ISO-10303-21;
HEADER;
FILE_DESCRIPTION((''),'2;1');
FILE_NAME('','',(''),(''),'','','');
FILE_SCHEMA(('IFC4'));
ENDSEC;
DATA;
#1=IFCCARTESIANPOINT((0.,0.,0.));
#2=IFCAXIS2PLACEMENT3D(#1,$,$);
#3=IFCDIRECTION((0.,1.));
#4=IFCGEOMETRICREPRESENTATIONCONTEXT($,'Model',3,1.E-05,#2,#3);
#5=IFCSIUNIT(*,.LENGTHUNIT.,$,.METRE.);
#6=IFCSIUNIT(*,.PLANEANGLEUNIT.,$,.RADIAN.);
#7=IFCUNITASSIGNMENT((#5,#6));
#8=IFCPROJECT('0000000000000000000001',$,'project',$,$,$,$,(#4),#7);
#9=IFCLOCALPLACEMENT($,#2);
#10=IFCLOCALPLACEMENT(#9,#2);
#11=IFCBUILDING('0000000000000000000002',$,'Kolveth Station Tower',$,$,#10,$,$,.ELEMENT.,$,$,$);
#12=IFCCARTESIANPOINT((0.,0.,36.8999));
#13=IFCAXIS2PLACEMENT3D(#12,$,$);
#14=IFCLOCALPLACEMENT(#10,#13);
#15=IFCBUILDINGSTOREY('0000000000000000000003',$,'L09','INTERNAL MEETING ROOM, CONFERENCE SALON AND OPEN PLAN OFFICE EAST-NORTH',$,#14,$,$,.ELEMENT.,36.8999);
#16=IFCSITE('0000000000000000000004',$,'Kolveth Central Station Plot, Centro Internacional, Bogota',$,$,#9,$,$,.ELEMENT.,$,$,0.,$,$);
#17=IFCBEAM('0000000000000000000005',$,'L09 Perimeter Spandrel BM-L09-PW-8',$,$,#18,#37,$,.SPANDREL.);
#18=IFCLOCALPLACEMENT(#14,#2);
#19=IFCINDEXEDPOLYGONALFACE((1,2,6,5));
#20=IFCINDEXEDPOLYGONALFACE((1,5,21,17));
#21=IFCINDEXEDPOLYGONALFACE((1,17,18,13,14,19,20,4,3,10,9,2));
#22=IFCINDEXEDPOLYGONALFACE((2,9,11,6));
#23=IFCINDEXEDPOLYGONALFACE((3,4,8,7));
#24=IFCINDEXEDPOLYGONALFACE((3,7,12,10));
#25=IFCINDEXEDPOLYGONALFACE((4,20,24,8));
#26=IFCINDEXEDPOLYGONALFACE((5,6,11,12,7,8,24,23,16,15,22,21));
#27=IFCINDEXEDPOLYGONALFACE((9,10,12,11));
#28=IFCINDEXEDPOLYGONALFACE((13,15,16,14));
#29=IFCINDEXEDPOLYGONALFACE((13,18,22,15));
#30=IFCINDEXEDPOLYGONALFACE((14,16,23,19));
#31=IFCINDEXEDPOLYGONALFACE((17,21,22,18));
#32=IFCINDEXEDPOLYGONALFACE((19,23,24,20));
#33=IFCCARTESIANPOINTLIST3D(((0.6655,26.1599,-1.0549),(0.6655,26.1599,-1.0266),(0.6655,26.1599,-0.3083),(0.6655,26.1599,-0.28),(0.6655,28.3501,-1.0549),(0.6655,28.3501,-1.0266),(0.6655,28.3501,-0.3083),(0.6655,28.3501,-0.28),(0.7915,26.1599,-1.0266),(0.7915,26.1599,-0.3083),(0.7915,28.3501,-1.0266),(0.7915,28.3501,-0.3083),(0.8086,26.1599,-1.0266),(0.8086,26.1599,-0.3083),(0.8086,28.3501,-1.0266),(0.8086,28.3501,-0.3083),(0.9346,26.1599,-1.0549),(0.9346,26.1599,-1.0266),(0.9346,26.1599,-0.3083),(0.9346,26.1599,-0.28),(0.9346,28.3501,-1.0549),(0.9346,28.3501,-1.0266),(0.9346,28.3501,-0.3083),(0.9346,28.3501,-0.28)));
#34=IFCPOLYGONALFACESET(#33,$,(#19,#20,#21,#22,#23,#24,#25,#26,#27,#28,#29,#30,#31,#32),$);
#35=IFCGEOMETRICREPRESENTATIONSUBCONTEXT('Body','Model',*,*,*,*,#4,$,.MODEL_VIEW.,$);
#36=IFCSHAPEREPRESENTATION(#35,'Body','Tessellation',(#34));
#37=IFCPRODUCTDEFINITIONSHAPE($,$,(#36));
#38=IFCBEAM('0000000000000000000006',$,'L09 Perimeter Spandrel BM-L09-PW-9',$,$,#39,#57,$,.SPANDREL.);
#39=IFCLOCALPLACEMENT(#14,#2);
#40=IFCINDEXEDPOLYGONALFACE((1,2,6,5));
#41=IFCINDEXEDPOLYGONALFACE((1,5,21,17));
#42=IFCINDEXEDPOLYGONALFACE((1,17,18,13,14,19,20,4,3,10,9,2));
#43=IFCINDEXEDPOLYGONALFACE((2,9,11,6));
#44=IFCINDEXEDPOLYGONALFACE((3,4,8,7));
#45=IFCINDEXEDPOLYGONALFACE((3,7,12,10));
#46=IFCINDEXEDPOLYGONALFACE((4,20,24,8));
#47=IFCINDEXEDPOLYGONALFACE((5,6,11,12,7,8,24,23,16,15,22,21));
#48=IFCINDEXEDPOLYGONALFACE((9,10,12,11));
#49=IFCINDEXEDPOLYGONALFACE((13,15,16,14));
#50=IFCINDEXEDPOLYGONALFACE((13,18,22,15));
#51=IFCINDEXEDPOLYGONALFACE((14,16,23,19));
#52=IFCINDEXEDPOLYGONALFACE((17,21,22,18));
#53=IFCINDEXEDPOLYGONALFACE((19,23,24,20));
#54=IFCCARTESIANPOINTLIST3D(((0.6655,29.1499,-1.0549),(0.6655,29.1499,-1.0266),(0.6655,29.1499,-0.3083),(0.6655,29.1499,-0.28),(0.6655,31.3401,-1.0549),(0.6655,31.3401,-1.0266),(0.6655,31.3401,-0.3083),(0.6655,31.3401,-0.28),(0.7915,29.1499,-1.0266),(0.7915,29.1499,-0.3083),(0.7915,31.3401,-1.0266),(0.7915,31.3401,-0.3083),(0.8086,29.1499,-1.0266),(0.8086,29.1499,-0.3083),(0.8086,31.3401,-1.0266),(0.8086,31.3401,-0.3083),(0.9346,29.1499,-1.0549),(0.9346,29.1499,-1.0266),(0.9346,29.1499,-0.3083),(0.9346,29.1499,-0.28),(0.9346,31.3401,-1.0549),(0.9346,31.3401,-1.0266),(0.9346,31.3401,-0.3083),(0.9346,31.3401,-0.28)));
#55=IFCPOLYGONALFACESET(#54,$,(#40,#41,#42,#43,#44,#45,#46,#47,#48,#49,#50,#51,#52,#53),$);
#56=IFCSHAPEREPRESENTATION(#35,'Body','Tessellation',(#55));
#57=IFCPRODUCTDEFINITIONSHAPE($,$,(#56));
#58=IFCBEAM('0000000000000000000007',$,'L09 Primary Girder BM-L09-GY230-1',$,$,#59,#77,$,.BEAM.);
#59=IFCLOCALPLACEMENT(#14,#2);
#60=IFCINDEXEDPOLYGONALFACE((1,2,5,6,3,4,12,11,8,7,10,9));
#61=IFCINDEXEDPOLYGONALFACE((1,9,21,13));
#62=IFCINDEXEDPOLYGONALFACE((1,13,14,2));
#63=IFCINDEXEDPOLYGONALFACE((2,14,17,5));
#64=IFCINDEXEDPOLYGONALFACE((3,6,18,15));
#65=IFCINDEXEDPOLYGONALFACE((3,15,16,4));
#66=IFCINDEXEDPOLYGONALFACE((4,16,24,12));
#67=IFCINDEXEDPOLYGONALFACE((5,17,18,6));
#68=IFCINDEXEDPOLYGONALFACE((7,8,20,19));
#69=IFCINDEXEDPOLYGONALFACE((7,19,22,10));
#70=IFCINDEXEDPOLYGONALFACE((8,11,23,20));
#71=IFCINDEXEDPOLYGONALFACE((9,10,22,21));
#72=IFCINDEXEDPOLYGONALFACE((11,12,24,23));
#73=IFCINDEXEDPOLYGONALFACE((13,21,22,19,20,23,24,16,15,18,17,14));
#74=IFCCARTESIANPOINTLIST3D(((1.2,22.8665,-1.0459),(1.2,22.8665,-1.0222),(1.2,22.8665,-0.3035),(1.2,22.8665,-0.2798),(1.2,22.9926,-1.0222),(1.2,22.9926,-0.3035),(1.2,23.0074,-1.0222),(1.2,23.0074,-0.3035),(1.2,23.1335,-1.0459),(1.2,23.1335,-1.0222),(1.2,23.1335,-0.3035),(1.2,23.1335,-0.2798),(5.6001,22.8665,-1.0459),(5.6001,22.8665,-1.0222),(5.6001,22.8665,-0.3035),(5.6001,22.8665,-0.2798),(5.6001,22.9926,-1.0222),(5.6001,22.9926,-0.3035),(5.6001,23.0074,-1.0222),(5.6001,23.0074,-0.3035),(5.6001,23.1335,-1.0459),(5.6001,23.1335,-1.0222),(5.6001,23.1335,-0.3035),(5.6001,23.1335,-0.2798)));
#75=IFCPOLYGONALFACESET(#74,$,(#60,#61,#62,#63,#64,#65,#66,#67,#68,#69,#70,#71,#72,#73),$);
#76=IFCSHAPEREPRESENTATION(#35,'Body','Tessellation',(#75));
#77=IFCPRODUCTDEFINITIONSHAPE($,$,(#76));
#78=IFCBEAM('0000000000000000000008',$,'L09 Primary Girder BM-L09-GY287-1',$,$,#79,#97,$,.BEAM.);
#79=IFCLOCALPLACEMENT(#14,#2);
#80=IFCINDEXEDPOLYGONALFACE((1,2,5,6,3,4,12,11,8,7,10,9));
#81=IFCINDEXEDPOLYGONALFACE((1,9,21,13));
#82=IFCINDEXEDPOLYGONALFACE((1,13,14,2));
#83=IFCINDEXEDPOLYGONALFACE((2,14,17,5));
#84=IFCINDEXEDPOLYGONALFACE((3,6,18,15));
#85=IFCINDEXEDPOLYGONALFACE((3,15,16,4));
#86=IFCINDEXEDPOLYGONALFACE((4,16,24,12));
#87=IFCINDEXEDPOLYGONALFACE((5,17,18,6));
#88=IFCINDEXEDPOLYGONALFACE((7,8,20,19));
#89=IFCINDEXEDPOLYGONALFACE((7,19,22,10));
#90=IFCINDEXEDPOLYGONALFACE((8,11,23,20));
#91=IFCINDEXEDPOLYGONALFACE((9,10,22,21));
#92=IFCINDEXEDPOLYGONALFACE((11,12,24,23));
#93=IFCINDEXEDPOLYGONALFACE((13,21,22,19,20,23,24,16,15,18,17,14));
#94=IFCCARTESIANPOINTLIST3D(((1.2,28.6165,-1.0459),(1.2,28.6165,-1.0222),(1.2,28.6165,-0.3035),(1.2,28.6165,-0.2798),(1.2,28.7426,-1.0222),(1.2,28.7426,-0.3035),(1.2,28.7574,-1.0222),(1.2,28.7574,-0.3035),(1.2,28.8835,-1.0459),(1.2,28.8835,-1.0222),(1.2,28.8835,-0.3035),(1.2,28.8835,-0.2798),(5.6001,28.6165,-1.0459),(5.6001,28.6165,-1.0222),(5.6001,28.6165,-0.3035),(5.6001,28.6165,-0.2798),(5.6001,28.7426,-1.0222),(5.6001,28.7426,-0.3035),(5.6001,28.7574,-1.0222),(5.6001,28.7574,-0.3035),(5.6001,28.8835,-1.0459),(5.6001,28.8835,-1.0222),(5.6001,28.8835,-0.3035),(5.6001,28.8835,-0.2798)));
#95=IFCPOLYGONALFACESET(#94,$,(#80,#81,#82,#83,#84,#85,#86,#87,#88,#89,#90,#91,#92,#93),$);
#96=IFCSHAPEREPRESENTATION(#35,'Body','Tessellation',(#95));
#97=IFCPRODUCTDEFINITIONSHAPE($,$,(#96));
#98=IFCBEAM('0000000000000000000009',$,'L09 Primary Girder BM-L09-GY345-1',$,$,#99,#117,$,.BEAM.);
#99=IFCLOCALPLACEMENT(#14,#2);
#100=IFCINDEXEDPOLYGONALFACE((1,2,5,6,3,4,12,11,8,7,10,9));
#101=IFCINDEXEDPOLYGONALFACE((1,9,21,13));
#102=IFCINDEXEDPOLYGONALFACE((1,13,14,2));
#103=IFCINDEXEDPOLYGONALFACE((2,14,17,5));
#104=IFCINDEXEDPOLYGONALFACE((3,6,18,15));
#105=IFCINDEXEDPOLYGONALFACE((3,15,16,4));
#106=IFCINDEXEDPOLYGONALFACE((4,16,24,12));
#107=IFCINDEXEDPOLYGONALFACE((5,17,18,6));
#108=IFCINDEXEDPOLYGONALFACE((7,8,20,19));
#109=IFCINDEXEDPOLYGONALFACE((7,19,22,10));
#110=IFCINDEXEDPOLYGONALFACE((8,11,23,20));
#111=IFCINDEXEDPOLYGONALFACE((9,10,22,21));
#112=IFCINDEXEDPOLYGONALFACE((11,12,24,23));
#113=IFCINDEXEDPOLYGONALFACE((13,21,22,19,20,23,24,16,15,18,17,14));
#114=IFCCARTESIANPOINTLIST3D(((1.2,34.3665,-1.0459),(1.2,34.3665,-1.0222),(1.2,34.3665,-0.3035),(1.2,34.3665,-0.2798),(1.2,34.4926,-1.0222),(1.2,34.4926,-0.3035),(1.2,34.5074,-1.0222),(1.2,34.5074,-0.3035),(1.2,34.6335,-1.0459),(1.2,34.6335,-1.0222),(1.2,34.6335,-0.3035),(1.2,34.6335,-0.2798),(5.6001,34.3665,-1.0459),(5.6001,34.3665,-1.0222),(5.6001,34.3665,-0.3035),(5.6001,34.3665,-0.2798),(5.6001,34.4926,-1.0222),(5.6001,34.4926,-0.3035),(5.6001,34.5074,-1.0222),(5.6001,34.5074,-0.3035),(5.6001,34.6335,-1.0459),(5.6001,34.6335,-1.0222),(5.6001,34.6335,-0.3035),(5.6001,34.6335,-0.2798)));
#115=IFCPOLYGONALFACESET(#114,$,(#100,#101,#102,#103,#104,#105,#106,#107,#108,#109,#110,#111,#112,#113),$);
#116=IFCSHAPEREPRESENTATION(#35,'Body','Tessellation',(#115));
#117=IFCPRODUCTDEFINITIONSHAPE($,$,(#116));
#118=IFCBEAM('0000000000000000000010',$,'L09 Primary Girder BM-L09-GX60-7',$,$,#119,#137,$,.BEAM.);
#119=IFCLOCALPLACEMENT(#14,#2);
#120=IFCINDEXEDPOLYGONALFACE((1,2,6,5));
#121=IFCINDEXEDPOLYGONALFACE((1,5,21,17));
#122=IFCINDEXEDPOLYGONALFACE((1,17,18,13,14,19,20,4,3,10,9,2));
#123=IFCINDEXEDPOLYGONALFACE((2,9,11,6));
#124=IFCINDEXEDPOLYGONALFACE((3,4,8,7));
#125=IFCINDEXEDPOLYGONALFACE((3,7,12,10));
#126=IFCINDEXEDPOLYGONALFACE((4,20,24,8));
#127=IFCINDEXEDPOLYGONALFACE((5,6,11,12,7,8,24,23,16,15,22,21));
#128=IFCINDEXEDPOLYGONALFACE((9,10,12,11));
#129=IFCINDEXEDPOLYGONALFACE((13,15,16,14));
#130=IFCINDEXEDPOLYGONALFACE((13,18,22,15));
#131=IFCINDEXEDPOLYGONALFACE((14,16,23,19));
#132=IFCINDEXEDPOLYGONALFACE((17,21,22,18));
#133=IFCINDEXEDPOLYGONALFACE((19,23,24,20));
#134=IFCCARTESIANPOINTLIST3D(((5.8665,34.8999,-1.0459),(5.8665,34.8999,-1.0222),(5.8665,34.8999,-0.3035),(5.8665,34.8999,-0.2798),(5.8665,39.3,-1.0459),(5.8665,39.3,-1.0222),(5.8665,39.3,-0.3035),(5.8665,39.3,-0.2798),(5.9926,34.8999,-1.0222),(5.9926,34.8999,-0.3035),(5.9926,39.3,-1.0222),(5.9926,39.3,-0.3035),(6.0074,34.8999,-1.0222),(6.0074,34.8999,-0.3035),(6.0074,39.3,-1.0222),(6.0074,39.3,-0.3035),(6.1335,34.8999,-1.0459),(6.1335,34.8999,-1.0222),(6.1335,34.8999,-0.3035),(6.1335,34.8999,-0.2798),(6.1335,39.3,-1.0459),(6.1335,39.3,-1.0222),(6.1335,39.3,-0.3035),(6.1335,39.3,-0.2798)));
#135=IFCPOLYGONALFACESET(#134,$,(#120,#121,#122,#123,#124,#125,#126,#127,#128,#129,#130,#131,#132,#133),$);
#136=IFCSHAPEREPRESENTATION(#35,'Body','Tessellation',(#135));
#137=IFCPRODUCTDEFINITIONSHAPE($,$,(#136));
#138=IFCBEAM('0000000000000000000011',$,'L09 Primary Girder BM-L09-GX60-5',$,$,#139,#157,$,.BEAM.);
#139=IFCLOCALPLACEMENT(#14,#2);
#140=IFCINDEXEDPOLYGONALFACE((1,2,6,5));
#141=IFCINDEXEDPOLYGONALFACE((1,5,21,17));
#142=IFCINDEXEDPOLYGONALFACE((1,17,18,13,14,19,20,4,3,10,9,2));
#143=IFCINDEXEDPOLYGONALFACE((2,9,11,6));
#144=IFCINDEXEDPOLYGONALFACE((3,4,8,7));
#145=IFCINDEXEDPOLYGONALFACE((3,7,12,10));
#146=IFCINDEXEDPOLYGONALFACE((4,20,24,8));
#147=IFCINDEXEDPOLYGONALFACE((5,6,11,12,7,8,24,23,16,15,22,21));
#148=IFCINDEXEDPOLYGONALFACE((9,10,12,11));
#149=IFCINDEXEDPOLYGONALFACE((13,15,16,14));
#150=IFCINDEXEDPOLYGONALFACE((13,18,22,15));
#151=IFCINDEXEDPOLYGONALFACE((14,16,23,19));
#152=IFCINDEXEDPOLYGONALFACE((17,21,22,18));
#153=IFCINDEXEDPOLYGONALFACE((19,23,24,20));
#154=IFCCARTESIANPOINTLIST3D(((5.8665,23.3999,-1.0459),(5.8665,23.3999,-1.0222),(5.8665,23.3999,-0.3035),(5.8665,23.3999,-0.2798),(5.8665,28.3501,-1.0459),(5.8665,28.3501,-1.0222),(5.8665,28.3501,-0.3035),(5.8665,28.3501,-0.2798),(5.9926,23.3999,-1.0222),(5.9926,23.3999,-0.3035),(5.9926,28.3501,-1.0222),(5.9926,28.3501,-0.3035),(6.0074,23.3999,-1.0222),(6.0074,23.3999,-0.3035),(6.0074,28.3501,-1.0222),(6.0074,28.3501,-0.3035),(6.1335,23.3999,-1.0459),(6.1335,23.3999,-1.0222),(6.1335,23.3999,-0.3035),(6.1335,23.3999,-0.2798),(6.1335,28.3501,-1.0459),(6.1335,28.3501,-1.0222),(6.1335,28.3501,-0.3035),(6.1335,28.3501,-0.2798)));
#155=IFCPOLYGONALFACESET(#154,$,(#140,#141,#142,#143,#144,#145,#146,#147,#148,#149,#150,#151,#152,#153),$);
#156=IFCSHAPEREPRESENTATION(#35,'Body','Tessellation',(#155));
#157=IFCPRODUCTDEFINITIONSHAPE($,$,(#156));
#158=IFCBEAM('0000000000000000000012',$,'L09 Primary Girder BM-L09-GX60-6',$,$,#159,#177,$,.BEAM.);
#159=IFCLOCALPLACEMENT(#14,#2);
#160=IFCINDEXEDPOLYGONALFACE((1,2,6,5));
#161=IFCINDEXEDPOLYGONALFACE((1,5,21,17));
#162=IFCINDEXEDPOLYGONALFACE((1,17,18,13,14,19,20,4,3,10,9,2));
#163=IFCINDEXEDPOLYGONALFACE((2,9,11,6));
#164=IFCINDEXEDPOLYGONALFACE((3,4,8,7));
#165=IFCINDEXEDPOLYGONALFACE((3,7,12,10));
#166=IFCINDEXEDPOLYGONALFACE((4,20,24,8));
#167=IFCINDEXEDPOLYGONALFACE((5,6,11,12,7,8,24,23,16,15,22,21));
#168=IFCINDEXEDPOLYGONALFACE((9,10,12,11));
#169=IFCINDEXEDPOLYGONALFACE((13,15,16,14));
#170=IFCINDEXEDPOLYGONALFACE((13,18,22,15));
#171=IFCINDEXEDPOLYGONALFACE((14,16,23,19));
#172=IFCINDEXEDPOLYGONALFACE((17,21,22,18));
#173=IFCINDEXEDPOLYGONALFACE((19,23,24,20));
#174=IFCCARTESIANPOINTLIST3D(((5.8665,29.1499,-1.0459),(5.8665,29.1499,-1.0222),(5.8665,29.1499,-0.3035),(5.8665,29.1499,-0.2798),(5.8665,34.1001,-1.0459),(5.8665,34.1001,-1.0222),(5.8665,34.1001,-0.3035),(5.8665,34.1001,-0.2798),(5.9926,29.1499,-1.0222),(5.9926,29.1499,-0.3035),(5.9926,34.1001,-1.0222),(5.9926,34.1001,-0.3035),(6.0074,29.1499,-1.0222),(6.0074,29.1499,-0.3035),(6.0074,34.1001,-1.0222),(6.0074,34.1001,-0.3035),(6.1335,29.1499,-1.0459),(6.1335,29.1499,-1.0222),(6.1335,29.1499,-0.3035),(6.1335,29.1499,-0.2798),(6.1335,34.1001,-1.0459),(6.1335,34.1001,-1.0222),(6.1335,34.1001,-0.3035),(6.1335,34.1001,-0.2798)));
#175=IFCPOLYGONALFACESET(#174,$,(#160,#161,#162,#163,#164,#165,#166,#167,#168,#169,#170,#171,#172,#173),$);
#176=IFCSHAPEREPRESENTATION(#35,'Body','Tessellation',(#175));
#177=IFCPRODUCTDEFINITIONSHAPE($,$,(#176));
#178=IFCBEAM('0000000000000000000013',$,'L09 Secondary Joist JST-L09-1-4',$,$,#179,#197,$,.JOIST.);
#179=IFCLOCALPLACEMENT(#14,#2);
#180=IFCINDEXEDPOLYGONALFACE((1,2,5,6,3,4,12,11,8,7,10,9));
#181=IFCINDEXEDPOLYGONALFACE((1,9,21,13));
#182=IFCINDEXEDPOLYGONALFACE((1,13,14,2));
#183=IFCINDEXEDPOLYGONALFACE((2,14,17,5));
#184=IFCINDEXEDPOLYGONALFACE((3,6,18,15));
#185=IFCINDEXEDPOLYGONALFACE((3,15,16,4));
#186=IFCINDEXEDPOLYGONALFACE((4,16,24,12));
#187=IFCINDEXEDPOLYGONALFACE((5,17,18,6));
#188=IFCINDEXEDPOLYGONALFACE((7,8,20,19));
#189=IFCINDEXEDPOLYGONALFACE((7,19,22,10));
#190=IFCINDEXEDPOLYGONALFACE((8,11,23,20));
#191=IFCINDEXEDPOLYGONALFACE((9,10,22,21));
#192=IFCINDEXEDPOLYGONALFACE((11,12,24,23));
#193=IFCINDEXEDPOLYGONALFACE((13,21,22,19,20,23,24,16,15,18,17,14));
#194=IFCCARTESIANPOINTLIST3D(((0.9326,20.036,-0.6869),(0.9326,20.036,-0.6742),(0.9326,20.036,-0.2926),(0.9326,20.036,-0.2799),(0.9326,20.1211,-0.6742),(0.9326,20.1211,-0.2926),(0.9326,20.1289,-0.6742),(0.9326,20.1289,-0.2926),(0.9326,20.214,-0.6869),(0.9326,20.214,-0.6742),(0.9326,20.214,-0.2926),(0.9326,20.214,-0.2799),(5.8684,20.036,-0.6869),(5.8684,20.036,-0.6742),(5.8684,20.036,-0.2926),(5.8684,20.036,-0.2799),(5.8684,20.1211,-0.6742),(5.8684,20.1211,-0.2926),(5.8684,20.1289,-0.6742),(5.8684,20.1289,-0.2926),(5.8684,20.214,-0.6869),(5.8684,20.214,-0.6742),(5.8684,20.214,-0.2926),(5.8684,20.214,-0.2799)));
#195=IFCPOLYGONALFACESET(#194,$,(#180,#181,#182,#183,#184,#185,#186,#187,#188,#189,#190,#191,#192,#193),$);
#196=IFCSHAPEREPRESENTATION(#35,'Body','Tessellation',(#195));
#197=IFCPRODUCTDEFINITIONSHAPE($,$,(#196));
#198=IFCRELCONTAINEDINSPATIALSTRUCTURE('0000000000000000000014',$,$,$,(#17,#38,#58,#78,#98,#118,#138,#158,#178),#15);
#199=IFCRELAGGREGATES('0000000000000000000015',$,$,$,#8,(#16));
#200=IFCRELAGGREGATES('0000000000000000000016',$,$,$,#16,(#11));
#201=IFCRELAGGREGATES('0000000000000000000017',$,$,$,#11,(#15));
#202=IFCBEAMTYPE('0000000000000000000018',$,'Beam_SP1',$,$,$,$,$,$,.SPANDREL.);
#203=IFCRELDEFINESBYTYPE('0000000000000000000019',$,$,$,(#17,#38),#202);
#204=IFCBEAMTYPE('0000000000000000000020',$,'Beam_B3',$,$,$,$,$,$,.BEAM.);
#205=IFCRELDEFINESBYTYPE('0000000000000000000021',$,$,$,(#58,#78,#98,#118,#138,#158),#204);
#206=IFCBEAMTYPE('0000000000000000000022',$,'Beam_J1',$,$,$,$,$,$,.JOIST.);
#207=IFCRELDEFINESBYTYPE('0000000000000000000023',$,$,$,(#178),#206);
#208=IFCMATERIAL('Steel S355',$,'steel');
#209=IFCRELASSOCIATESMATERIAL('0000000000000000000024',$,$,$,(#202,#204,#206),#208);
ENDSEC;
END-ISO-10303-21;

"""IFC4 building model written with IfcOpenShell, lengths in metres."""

from ifc_helpers import new_model, si_unit, direction, frame, origin, origin_2d, place, context, subcontext, project, spatial, i_section, extrude, source, transform, mapped, material, material_profile, profile_set, type_object, element, save


model = new_model("IFC4")

# Units and contexts
model_context = context("Model", 3, precision=1e-05, world=origin(), true_north=direction((0.0, 1.0)))
body_context = subcontext(model_context, "Body", "Model", "MODEL_VIEW")
ifc_project = project(units=[si_unit("LENGTHUNIT", "METRE"), si_unit("PLANEANGLEUNIT", "RADIAN")], contexts=[model_context])

# Site, building, storey
site_placement = place(None, origin())
site = spatial("IfcSite", under=ifc_project, at=site_placement, Name="Kolveth Central Station Plot, Centro Internacional, Bogota", CompositionType="ELEMENT", RefElevation=0.0)
building_placement = place(site_placement, origin())
building = spatial("IfcBuilding", under=site, at=building_placement, Name="Kolveth Station Tower", CompositionType="ELEMENT")
storey_placement = place(building_placement, frame((0.0, 0.0, 36.8999)))
storey = spatial("IfcBuildingStorey", under=building, at=storey_placement, Name="L09", Description="INTERNAL MEETING ROOM, CONFERENCE SALON AND OPEN PLAN OFFICE EAST-NORTH", CompositionType="ELEMENT", Elevation=36.8999)

# Shared definitions
ifc_material_1 = material(Name="Steel S355", Category="steel")

# Beams
ifc_material_profile_1 = material_profile(ifc_material_1, i_section(OverallWidth=0.269, OverallDepth=0.7749, WebThickness=0.0171, FlangeThickness=0.0283, at=origin_2d()), Name="W760x220")
ifc_profile_set_1 = profile_set([ifc_material_profile_1], Name="Steel S355")
beam_type_1 = type_object("IfcBeamType", Name="Beam_SP1", PredefinedType="SPANDREL", material=ifc_profile_set_1)
shared_shape_1 = source(origin(), body_context, "Body", "SweptSolid", [
    extrude(i_section(OverallWidth=0.269, OverallDepth=0.7749, WebThickness=0.0171, FlangeThickness=0.0283, at=origin_2d()), origin(), (0.0, 0.0, 1.0), 2.1902),
])
for number, where, z_axis, x_axis, name in (
    (1, (0.8, 26.1599, -0.6675), (0.0, 1.0, 0.0), (-1.0, 0.0, 0.0), "L09 Perimeter Spandrel BM-L09-PW-8"),
    (2, (0.8, 29.1499, -0.6675), (0.0, 1.0, 0.0), (-1.0, 0.0, 0.0), "L09 Perimeter Spandrel BM-L09-PW-9"),
):
    element("IfcBeam", number, at=place(storey_placement, frame(where, z_axis=z_axis, x_axis=x_axis)), inside=storey, type_object=beam_type_1, Name=name, PredefinedType="SPANDREL", context=body_context, shape_type="MappedRepresentation", body=[
        mapped(shared_shape_1, transform((0.0, 0.0, 0.0), x_axis=(1.0, 0.0, 0.0), y_axis=(0.0, 1.0, 0.0), z_axis=(0.0, 0.0, 1.0), scale=1.0)),
    ])
ifc_material_profile_2 = material_profile(ifc_material_1, i_section(OverallWidth=0.2671, OverallDepth=0.7661, WebThickness=0.0149, FlangeThickness=0.0237, at=origin_2d()), Name="W760x185")
ifc_profile_set_2 = profile_set([ifc_material_profile_2], Name="Steel S355")
beam_type_2 = type_object("IfcBeamType", Name="Beam_B3", PredefinedType="BEAM", material=ifc_profile_set_2)
shared_shape_2 = source(origin(), body_context, "Body", "SweptSolid", [
    extrude(i_section(OverallWidth=0.2671, OverallDepth=0.7661, WebThickness=0.0149, FlangeThickness=0.0237, at=origin_2d()), origin(), (0.0, 0.0, 1.0), 4.4001),
])
for number, where, z_axis, x_axis, name in (
    (3, (1.2, 23.0, -0.6628), (1.0, 0.0, 0.0), (0.0, 1.0, 0.0), "L09 Primary Girder BM-L09-GY230-1"),
    (4, (1.2, 28.75, -0.6628), (1.0, 0.0, 0.0), (0.0, 1.0, 0.0), "L09 Primary Girder BM-L09-GY287-1"),
    (5, (1.2, 34.5, -0.6628), (1.0, 0.0, 0.0), (0.0, 1.0, 0.0), "L09 Primary Girder BM-L09-GY345-1"),
    (6, (6.0, 34.8999, -0.6628), (0.0, 1.0, 0.0), (-1.0, 0.0, 0.0), "L09 Primary Girder BM-L09-GX60-7"),
):
    element("IfcBeam", number, at=place(storey_placement, frame(where, z_axis=z_axis, x_axis=x_axis)), inside=storey, type_object=beam_type_2, Name=name, PredefinedType="BEAM", context=body_context, shape_type="MappedRepresentation", body=[
        mapped(shared_shape_2, transform((0.0, 0.0, 0.0), x_axis=(1.0, 0.0, 0.0), y_axis=(0.0, 1.0, 0.0), z_axis=(0.0, 0.0, 1.0), scale=1.0)),
    ])
shared_shape_3 = source(origin(), body_context, "Body", "SweptSolid", [
    extrude(i_section(OverallWidth=0.2671, OverallDepth=0.7661, WebThickness=0.0149, FlangeThickness=0.0237, at=origin_2d()), origin(), (0.0, 0.0, 1.0), 4.9502),
])
for number, where, z_axis, x_axis, name in (
    (7, (6.0, 23.3999, -0.6628), (0.0, 1.0, 0.0), (-1.0, 0.0, 0.0), "L09 Primary Girder BM-L09-GX60-5"),
    (8, (6.0, 29.1499, -0.6628), (0.0, 1.0, 0.0), (-1.0, 0.0, 0.0), "L09 Primary Girder BM-L09-GX60-6"),
):
    element("IfcBeam", number, at=place(storey_placement, frame(where, z_axis=z_axis, x_axis=x_axis)), inside=storey, type_object=beam_type_2, Name=name, PredefinedType="BEAM", context=body_context, shape_type="MappedRepresentation", body=[
        mapped(shared_shape_3, transform((0.0, 0.0, 0.0), x_axis=(1.0, 0.0, 0.0), y_axis=(0.0, 1.0, 0.0), z_axis=(0.0, 0.0, 1.0), scale=1.0)),
    ])
ifc_material_profile_3 = material_profile(ifc_material_1, i_section(OverallWidth=0.178, OverallDepth=0.407, WebThickness=0.0078, FlangeThickness=0.0127, at=origin_2d()), Name="W410x60")
ifc_profile_set_3 = profile_set([ifc_material_profile_3], Name="Steel S355")
beam_type_3 = type_object("IfcBeamType", Name="Beam_J1", PredefinedType="JOIST", material=ifc_profile_set_3)
shared_shape_4 = source(origin(), body_context, "Body", "SweptSolid", [
    extrude(i_section(OverallWidth=0.178, OverallDepth=0.407, WebThickness=0.0078, FlangeThickness=0.0127, at=origin_2d()), origin(), (0.0, 0.0, 1.0), 4.9358),
])
for number, where, z_axis, x_axis, name in (
    (9, (0.9326, 20.125, -0.4834), (1.0, 0.0, 0.0), (0.0, 1.0, 0.0), "L09 Secondary Joist JST-L09-1-4"),
):
    element("IfcBeam", number, at=place(storey_placement, frame(where, z_axis=z_axis, x_axis=x_axis)), inside=storey, type_object=beam_type_3, Name=name, PredefinedType="JOIST", context=body_context, shape_type="MappedRepresentation", body=[
        mapped(shared_shape_4, transform((0.0, 0.0, 0.0), x_axis=(1.0, 0.0, 0.0), y_axis=(0.0, 1.0, 0.0), z_axis=(0.0, 0.0, 1.0), scale=1.0)),
    ])

save(model, "model.ifc")
